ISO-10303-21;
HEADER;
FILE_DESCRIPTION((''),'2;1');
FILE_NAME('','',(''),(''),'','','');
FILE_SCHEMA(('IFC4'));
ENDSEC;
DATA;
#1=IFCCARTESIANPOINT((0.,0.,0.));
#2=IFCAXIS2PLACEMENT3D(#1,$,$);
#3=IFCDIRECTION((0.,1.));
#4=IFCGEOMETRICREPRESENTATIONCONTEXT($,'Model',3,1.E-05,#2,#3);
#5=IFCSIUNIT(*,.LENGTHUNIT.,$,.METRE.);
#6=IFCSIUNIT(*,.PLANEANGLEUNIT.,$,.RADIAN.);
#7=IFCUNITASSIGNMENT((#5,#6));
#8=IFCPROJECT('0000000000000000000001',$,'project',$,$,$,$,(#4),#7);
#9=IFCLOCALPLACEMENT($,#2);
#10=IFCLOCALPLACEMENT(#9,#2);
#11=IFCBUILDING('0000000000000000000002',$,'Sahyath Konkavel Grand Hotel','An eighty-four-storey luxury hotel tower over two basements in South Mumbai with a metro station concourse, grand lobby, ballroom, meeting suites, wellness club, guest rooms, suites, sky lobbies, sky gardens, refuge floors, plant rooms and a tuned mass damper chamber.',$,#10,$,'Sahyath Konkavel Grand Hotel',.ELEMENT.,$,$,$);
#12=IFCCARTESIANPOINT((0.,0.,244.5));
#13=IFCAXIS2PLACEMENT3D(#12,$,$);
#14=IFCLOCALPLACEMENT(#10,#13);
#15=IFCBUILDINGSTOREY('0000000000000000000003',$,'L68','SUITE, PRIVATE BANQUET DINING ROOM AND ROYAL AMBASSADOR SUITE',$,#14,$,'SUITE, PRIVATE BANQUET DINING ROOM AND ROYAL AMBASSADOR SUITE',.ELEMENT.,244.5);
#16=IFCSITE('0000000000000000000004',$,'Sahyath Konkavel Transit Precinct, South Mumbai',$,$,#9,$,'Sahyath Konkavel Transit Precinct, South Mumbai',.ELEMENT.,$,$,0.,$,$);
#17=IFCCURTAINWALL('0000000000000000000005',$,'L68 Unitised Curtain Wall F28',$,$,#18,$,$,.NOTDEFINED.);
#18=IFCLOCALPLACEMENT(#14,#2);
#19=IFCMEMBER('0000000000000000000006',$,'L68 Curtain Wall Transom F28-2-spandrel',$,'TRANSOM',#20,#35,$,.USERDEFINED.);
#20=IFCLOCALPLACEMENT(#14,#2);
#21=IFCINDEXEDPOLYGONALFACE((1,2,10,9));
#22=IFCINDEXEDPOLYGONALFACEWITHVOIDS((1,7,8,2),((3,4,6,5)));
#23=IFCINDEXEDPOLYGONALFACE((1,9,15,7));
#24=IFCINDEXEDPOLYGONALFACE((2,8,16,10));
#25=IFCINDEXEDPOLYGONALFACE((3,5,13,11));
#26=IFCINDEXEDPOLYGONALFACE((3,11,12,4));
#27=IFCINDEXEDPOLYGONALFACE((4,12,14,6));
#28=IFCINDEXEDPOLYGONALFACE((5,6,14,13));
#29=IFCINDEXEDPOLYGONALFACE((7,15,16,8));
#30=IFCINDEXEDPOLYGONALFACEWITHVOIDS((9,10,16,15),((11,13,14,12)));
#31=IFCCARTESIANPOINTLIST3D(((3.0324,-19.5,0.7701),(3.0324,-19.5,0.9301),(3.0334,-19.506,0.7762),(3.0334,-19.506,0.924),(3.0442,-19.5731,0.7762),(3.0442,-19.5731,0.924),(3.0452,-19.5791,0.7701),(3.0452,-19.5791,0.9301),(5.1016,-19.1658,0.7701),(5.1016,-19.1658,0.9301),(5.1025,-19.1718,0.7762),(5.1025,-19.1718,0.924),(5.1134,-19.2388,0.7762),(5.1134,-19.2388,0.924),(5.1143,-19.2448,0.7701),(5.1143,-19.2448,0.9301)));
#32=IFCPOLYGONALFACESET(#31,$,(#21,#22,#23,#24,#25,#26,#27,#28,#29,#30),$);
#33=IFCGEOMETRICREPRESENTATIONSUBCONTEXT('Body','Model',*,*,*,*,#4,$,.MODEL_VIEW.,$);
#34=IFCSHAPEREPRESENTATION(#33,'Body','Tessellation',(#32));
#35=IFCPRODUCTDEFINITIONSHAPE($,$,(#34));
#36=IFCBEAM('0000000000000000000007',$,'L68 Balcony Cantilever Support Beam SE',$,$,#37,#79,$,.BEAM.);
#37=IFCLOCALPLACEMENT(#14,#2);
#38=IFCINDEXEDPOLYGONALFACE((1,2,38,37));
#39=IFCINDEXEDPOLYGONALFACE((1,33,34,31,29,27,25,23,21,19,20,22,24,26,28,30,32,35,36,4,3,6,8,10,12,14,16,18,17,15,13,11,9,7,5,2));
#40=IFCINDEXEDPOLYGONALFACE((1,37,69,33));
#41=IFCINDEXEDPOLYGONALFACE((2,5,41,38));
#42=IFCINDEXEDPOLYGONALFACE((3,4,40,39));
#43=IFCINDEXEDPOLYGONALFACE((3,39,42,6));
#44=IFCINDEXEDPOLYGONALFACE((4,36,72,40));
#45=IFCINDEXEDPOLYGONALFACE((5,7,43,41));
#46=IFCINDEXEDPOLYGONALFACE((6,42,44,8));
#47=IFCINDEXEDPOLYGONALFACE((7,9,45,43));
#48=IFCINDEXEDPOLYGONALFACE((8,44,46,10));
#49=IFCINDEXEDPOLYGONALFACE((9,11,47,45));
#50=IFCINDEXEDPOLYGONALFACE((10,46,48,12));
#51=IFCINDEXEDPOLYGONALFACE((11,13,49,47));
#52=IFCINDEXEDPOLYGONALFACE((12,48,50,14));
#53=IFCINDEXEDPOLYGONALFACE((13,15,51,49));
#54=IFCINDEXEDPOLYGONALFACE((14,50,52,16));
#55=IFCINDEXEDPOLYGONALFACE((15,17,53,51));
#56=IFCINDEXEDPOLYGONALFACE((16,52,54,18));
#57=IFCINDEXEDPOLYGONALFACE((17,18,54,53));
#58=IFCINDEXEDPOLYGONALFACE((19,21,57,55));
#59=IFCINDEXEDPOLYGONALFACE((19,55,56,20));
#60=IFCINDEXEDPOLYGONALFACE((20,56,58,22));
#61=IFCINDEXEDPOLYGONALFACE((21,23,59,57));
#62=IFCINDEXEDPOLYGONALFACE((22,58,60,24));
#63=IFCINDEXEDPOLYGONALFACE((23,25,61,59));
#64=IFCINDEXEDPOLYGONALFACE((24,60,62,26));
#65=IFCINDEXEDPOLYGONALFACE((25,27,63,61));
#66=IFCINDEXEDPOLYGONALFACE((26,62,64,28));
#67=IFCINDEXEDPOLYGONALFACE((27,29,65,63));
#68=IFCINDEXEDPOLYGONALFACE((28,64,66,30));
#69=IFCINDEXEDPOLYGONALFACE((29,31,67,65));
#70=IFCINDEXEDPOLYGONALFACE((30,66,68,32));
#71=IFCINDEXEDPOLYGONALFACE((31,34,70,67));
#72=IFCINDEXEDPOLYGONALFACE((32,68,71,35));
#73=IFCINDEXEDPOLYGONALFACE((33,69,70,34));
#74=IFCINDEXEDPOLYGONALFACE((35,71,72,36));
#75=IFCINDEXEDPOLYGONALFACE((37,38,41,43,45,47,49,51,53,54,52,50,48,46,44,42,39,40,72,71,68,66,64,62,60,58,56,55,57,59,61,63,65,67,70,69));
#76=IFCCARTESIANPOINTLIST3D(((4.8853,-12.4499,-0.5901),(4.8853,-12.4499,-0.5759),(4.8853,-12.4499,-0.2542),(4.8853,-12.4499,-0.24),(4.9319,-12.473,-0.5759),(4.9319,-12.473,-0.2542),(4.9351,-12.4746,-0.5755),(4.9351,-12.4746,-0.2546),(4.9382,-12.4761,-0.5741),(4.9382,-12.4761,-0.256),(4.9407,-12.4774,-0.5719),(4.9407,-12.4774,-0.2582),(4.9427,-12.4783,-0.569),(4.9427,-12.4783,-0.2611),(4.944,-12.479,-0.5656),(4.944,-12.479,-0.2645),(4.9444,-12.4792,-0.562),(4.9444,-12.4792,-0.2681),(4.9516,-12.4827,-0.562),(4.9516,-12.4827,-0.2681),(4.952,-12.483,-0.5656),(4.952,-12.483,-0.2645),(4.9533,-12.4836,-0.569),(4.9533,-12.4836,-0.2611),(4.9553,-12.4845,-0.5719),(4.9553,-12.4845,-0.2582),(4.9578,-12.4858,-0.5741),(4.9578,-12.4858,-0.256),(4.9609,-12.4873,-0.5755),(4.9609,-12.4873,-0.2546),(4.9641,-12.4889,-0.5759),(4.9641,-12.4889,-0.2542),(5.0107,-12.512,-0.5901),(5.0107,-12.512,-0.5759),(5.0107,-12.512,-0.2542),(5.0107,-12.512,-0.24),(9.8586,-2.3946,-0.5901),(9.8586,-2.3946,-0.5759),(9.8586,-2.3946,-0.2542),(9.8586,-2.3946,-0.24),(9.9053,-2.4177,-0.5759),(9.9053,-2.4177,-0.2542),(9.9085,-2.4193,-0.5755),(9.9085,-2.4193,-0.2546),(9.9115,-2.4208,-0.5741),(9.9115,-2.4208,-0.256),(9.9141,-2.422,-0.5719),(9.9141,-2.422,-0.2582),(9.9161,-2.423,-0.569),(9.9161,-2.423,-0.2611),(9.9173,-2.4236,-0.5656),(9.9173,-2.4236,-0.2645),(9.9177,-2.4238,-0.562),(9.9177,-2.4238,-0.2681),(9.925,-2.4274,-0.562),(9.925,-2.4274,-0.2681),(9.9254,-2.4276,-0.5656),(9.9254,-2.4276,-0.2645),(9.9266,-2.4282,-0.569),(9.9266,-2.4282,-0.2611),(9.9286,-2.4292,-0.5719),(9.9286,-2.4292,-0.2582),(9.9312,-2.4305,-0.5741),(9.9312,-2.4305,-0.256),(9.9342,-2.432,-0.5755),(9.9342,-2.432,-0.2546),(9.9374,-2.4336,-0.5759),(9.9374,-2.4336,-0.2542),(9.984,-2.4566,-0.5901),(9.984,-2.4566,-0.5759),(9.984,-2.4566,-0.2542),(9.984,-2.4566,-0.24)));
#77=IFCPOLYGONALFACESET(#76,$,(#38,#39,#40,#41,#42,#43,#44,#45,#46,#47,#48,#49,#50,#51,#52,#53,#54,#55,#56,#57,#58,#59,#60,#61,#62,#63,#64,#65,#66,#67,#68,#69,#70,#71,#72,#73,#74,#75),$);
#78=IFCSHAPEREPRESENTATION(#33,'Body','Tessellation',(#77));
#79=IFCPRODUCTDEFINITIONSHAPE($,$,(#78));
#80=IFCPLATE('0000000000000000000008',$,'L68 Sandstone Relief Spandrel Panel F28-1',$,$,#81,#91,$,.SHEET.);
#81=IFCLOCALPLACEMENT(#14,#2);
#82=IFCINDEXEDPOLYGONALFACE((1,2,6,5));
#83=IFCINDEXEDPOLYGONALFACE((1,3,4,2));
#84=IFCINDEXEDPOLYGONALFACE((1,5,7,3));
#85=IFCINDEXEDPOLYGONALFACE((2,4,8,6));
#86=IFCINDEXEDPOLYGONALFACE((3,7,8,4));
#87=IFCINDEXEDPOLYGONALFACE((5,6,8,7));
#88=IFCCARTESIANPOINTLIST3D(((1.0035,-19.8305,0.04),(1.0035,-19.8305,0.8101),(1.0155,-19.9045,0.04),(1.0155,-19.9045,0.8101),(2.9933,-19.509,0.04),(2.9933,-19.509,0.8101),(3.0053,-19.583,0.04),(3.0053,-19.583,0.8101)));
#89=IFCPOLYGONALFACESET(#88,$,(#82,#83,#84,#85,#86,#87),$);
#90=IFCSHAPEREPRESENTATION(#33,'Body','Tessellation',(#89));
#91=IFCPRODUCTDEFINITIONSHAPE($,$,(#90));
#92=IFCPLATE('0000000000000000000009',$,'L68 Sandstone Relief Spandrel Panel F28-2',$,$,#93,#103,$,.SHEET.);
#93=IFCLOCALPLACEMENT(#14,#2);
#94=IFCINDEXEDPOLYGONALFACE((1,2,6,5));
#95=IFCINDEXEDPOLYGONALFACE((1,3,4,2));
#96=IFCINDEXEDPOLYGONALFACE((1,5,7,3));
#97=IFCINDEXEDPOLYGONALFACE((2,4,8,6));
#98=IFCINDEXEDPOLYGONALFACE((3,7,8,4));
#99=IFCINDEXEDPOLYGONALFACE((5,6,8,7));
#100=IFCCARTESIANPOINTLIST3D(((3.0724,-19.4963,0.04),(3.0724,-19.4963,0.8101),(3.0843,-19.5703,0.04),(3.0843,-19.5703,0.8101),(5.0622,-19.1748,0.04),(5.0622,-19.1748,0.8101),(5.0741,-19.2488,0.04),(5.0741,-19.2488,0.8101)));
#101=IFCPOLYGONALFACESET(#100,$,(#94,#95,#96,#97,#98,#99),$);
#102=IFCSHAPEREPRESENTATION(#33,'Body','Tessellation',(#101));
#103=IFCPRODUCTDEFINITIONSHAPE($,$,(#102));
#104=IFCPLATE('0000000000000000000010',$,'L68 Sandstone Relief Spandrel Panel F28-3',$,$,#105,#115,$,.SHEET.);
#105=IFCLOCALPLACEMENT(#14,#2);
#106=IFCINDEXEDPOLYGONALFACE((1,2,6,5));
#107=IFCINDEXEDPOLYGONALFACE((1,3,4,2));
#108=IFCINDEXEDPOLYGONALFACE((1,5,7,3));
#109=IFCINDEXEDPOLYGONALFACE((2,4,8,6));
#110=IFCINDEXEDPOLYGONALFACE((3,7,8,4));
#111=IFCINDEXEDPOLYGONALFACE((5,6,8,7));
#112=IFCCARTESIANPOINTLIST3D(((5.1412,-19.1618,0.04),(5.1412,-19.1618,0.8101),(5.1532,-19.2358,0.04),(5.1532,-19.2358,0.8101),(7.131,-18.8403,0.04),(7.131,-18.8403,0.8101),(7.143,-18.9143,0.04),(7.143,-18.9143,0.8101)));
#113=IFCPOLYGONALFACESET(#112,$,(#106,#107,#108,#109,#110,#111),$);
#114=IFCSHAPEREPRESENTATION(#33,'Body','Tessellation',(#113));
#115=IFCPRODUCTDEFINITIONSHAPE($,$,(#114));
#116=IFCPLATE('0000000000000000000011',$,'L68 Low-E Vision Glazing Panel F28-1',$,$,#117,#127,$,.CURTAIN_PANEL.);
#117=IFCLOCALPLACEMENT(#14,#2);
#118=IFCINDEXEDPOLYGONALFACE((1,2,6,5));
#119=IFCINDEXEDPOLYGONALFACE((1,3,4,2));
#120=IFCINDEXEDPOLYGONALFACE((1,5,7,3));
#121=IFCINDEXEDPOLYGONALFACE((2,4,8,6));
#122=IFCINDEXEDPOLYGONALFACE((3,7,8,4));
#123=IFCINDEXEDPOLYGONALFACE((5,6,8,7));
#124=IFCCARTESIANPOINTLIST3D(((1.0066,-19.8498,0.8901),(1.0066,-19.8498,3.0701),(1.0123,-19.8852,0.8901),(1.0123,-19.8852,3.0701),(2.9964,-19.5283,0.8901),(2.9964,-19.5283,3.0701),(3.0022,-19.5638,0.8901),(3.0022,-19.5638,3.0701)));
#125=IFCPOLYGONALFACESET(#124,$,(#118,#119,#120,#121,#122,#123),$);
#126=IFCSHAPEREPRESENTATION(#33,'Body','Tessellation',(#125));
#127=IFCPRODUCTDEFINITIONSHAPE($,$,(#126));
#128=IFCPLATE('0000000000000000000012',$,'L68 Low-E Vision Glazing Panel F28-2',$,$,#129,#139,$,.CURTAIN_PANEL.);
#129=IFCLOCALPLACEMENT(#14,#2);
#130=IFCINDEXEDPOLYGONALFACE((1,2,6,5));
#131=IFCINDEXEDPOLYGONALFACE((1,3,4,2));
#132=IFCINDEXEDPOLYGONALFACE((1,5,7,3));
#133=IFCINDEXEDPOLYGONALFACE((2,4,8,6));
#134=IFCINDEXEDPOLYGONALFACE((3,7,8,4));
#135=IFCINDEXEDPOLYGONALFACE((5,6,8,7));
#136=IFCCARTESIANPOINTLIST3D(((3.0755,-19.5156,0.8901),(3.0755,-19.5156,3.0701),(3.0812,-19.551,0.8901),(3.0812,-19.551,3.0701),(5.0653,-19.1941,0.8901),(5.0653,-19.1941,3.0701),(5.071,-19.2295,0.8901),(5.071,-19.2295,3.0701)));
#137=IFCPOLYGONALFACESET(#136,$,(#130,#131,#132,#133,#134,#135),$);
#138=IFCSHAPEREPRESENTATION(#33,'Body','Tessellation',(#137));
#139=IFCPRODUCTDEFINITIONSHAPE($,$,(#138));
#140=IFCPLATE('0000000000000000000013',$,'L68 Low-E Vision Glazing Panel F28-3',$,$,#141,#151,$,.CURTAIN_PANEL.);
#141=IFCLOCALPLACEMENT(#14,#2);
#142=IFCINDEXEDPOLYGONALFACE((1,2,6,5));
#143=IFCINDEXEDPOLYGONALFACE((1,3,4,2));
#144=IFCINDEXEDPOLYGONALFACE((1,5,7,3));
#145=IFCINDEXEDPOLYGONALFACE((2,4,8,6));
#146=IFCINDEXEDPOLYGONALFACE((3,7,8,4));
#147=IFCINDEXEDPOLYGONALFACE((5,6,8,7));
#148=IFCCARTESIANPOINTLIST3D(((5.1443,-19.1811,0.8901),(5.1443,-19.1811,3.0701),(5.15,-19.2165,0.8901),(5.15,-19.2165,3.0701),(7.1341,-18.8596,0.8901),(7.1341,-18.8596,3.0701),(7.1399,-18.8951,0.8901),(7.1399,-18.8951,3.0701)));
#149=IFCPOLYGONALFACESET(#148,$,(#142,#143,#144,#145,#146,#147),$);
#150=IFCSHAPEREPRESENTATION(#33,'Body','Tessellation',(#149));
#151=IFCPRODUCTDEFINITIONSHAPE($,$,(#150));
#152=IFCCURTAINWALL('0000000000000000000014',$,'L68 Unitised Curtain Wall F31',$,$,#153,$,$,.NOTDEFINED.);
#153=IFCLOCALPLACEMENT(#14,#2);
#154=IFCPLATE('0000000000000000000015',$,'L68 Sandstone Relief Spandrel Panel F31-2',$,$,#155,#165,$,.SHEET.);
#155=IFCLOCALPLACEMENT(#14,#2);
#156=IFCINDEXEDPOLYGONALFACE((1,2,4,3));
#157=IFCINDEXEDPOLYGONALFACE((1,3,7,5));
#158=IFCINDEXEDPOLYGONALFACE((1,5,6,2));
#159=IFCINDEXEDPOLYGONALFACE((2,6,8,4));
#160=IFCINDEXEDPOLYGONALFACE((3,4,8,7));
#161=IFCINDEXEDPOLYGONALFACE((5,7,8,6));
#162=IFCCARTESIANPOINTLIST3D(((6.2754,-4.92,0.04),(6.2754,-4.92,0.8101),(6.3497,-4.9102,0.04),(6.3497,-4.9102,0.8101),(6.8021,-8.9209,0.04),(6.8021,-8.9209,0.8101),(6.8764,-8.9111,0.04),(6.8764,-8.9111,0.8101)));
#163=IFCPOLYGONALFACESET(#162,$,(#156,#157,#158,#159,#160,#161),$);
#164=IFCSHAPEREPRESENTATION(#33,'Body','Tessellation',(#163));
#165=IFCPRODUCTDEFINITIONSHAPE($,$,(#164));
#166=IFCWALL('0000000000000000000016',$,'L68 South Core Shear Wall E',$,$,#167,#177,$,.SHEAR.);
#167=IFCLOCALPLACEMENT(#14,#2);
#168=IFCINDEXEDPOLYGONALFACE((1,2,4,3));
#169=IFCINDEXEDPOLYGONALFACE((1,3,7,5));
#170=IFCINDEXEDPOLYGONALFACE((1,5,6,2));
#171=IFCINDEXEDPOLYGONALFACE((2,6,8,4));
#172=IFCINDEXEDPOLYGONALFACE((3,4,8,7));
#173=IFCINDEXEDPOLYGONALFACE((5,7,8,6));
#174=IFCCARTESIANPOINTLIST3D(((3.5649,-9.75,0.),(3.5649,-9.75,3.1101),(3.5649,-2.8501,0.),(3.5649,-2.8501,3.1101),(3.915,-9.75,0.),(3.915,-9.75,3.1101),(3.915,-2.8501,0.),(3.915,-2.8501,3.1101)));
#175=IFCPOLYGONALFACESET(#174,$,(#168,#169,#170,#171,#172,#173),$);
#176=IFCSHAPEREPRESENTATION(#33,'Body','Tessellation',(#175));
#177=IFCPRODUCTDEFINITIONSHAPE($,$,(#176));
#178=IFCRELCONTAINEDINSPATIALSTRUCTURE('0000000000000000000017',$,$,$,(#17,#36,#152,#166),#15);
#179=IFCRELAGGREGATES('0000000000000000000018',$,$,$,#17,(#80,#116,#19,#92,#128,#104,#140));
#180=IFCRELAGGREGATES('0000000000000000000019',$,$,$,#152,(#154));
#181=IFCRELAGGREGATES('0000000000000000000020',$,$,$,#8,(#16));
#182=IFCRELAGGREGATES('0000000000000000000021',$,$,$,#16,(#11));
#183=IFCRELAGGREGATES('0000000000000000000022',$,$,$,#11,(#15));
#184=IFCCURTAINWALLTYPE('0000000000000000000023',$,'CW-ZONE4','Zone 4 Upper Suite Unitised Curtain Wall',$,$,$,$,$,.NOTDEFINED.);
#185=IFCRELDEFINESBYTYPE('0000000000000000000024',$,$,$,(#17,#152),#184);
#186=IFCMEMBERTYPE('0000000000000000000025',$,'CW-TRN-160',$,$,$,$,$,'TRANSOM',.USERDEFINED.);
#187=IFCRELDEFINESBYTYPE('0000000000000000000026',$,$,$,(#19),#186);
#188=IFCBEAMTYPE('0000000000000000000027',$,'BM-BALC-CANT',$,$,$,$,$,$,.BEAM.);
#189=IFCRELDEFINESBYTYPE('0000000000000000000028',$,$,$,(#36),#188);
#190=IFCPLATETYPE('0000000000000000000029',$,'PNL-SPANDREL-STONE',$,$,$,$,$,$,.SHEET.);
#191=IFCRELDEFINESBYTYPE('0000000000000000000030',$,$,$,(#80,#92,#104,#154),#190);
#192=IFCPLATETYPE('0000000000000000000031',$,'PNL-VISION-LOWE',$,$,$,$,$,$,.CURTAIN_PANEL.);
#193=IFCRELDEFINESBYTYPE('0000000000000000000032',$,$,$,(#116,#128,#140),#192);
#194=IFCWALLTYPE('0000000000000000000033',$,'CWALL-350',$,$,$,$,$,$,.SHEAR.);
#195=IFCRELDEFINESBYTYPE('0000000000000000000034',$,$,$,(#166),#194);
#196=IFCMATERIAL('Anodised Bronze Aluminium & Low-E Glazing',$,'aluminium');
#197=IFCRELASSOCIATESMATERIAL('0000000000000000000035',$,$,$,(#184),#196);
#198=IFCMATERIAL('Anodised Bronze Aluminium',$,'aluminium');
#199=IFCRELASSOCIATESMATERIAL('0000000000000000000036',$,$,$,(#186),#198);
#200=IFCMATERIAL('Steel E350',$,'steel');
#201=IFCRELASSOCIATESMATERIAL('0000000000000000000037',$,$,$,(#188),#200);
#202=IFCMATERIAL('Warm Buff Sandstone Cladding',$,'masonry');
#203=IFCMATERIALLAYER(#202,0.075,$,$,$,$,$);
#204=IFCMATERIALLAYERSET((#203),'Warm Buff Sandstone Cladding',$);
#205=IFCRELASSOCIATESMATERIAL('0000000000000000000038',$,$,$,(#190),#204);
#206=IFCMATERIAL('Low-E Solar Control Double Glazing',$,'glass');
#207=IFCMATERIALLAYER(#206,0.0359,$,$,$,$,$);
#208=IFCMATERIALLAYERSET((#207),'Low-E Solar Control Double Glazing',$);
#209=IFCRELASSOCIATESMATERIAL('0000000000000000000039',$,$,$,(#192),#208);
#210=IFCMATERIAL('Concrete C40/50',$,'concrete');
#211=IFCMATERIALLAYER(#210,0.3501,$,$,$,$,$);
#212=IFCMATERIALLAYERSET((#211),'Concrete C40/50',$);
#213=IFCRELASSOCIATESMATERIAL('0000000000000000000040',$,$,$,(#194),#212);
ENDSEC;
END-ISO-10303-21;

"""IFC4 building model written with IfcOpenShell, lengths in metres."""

from ifc_helpers import new_model, si_unit, direction, frame, frame_2d, origin, origin_2d, place, context, subcontext, project, spatial, rectangle, hollow_rectangle, i_section, extrude, source, transform, mapped, material, layer, layer_set, material_profile, profile_set, type_object, element, aggregate, save


model = new_model("IFC4")

# Units and contexts
model_context = context("Model", 3, precision=1e-05, world=origin(), true_north=direction((0.0, 1.0)))
body_context = subcontext(model_context, "Body", "Model", "MODEL_VIEW")
ifc_project = project(units=[si_unit("LENGTHUNIT", "METRE"), si_unit("PLANEANGLEUNIT", "RADIAN")], contexts=[model_context])

# Site, building, storey
site_placement = place(None, origin())
site = spatial("IfcSite", under=ifc_project, at=site_placement, Name="Sahyath Konkavel Transit Precinct, South Mumbai", LongName="Sahyath Konkavel Transit Precinct, South Mumbai", CompositionType="ELEMENT", RefElevation=0.0)
building_placement = place(site_placement, origin())
building = spatial("IfcBuilding", under=site, at=building_placement, Name="Sahyath Konkavel Grand Hotel", Description="An eighty-four-storey luxury hotel tower over two basements in South Mumbai with a metro station concourse, grand lobby, ballroom, meeting suites, wellness club, guest rooms, suites, sky lobbies, sky gardens, refuge floors, plant rooms and a tuned mass damper chamber.", LongName="Sahyath Konkavel Grand Hotel", CompositionType="ELEMENT")
storey_placement = place(building_placement, frame((0.0, 0.0, 244.5)))
storey = spatial("IfcBuildingStorey", under=building, at=storey_placement, Name="L68", Description="SUITE, PRIVATE BANQUET DINING ROOM AND ROYAL AMBASSADOR SUITE", LongName="SUITE, PRIVATE BANQUET DINING ROOM AND ROYAL AMBASSADOR SUITE", CompositionType="ELEMENT", Elevation=244.5)

# Shared definitions
ifc_material_1 = material(Name="Steel E350", Category="steel")

# Curtain wall, member
ifc_material_2 = material(Name="Anodised Bronze Aluminium & Low-E Glazing", Category="aluminium")
curtain_wall_type = type_object("IfcCurtainWallType", Name="CW-ZONE4", Description="Zone 4 Upper Suite Unitised Curtain Wall", PredefinedType="NOTDEFINED", material=ifc_material_2)
curtain_wall_1_placement = place(storey_placement, origin())
curtain_wall_1 = element("IfcCurtainWall", 1, at=curtain_wall_1_placement, inside=storey, type_object=curtain_wall_type, Name="L68 Unitised Curtain Wall F28", PredefinedType="NOTDEFINED")
ifc_material_3 = material(Name="Anodised Bronze Aluminium", Category="aluminium")
ifc_material_profile_1 = material_profile(ifc_material_3, hollow_rectangle(XDim=0.0801, YDim=0.1599, WallThickness=0.0061, at=origin_2d()), Name="RHS 160x80x6")
ifc_profile_set_1 = profile_set([ifc_material_profile_1], Name="Anodised Bronze Aluminium")
member_type_1 = type_object("IfcMemberType", Name="CW-TRN-160", ElementType="TRANSOM", PredefinedType="USERDEFINED", material=ifc_profile_set_1)
shared_shape_1 = source(origin(), body_context, "Body", "SweptSolid", [
    extrude(hollow_rectangle(XDim=0.0801, YDim=0.1599, WallThickness=0.0061, at=origin_2d()), origin(), (0.0, 0.0, 1.0), 2.0959),
])
member_1_placement = place(storey_placement, frame((3.0388, -19.5396, 0.8501), z_axis=(0.987203, 0.159467, 0.0), x_axis=(-0.159467, 0.987203, 0.0)))
member_1 = element("IfcMember", 2, at=member_1_placement, type_object=member_type_1, Name="L68 Curtain Wall Transom F28-2-spandrel", ObjectType="TRANSOM", PredefinedType="USERDEFINED", context=body_context, shape_type="MappedRepresentation", body=[
    mapped(shared_shape_1, transform((0.0, 0.0, 0.0), scale=1.0)),
])

# Beam
ifc_material_profile_2 = material_profile(ifc_material_1, i_section(OverallWidth=0.1399, OverallDepth=0.3501, WebThickness=0.0081, FlangeThickness=0.0142, FilletRadius=0.0139, at=origin_2d()), Name="ISMB 350")
ifc_profile_set_2 = profile_set([ifc_material_profile_2], Name="Steel E350")
beam_type_1 = type_object("IfcBeamType", Name="BM-BALC-CANT", PredefinedType="BEAM", material=ifc_profile_set_2)
shared_shape_2 = source(origin(), body_context, "Body", "SweptSolid", [
    extrude(i_section(OverallWidth=0.1399, OverallDepth=0.3501, WebThickness=0.0081, FlangeThickness=0.0142, FilletRadius=0.0139, at=origin_2d()), origin(), (0.0, 0.0, 1.0), 11.218),
])
beam_1_placement = place(storey_placement, frame((4.948, -12.481, -0.415), z_axis=(0.443336, 0.896356, 0.0), x_axis=(-0.896356, 0.443336, 0.0)))
element("IfcBeam", 3, at=beam_1_placement, inside=storey, type_object=beam_type_1, Name="L68 Balcony Cantilever Support Beam SE", PredefinedType="BEAM", context=body_context, shape_type="MappedRepresentation", body=[
    mapped(shared_shape_2, transform((0.0, 0.0, 0.0), scale=1.0)),
])

# Plates
ifc_material_4 = material(Name="Warm Buff Sandstone Cladding", Category="masonry")
ifc_layer_1 = layer(ifc_material_4, 0.075)
ifc_layer_set_1 = layer_set([ifc_layer_1], Name="Warm Buff Sandstone Cladding")
plate_type_1 = type_object("IfcPlateType", Name="PNL-SPANDREL-STONE", PredefinedType="SHEET", material=ifc_layer_set_1)
shared_shape_3 = source(origin(), body_context, "Body", "SweptSolid", [
    extrude(rectangle(XDim=2.0156, YDim=0.075, at=origin_2d()), origin(), (0.0, 0.0, 1.0), 0.77),
])
plate_1_placement = place(storey_placement, frame((2.0044, -19.7068, 0.04), z_axis=(0.0, 0.0, 1.0), x_axis=(0.987198, 0.159502, 0.0)))
plate_1 = element("IfcPlate", 4, at=plate_1_placement, type_object=plate_type_1, Name="L68 Sandstone Relief Spandrel Panel F28-1", PredefinedType="SHEET", context=body_context, shape_type="MappedRepresentation", body=[
    mapped(shared_shape_3, transform((0.0, 0.0, 0.0), scale=1.0)),
])
plate_2_placement = place(storey_placement, frame((4.0732, -19.3726, 0.04), z_axis=(0.0, 0.0, 1.0), x_axis=(0.987198, 0.159502, 0.0)))
plate_2 = element("IfcPlate", 5, at=plate_2_placement, type_object=plate_type_1, Name="L68 Sandstone Relief Spandrel Panel F28-2", PredefinedType="SHEET", context=body_context, shape_type="MappedRepresentation", body=[
    mapped(shared_shape_3, transform((0.0, 0.0, 0.0), scale=1.0)),
])
plate_3_placement = place(storey_placement, frame((6.1421, -19.0381, 0.04), z_axis=(0.0, 0.0, 1.0), x_axis=(0.987198, 0.159502, 0.0)))
plate_3 = element("IfcPlate", 6, at=plate_3_placement, type_object=plate_type_1, Name="L68 Sandstone Relief Spandrel Panel F28-3", PredefinedType="SHEET", context=body_context, shape_type="MappedRepresentation", body=[
    mapped(shared_shape_3, transform((0.0, 0.0, 0.0), scale=1.0)),
])
ifc_material_5 = material(Name="Low-E Solar Control Double Glazing", Category="glass")
ifc_layer_2 = layer(ifc_material_5, 0.0359)
ifc_layer_set_2 = layer_set([ifc_layer_2], Name="Low-E Solar Control Double Glazing")
plate_type_2 = type_object("IfcPlateType", Name="PNL-VISION-LOWE", PredefinedType="CURTAIN_PANEL", material=ifc_layer_set_2)
shared_shape_4 = source(origin(), body_context, "Body", "SweptSolid", [
    extrude(rectangle(XDim=2.0156, YDim=0.0359, at=origin_2d()), origin(), (0.0, 0.0, 1.0), 2.1799),
])
plate_4_placement = place(storey_placement, frame((2.0044, -19.7068, 0.8901), z_axis=(0.0, 0.0, 1.0), x_axis=(0.987198, 0.159502, 0.0)))
plate_4 = element("IfcPlate", 7, at=plate_4_placement, type_object=plate_type_2, Name="L68 Low-E Vision Glazing Panel F28-1", PredefinedType="CURTAIN_PANEL", context=body_context, shape_type="MappedRepresentation", body=[
    mapped(shared_shape_4, transform((0.0, 0.0, 0.0), scale=1.0)),
])
plate_5_placement = place(storey_placement, frame((4.0732, -19.3726, 0.8901), z_axis=(0.0, 0.0, 1.0), x_axis=(0.987198, 0.159502, 0.0)))
plate_5 = element("IfcPlate", 8, at=plate_5_placement, type_object=plate_type_2, Name="L68 Low-E Vision Glazing Panel F28-2", PredefinedType="CURTAIN_PANEL", context=body_context, shape_type="MappedRepresentation", body=[
    mapped(shared_shape_4, transform((0.0, 0.0, 0.0), scale=1.0)),
])
plate_6_placement = place(storey_placement, frame((6.1421, -19.0381, 0.8901), z_axis=(0.0, 0.0, 1.0), x_axis=(0.987198, 0.159502, 0.0)))
plate_6 = element("IfcPlate", 9, at=plate_6_placement, type_object=plate_type_2, Name="L68 Low-E Vision Glazing Panel F28-3", PredefinedType="CURTAIN_PANEL", context=body_context, shape_type="MappedRepresentation", body=[
    mapped(shared_shape_4, transform((0.0, 0.0, 0.0), scale=1.0)),
])
aggregate(curtain_wall_1, [plate_1, plate_4, member_1, plate_2, plate_5, plate_3, plate_6])

# Curtain wall, plate
curtain_wall_2_placement = place(storey_placement, origin())
curtain_wall_2 = element("IfcCurtainWall", 10, at=curtain_wall_2_placement, inside=storey, type_object=curtain_wall_type, Name="L68 Unitised Curtain Wall F31", PredefinedType="NOTDEFINED")
shared_shape_5 = source(origin(), body_context, "Body", "SweptSolid", [
    extrude(rectangle(XDim=4.0354, YDim=0.075, at=origin_2d()), origin(), (0.0, 0.0, 1.0), 0.77),
])
plate_7_placement = place(storey_placement, frame((6.5759, -6.9155, 0.04), z_axis=(0.0, 0.0, 1.0), x_axis=(-0.130526, 0.991445, 0.0)))
plate_7 = element("IfcPlate", 11, at=plate_7_placement, type_object=plate_type_1, Name="L68 Sandstone Relief Spandrel Panel F31-2", PredefinedType="SHEET", context=body_context, shape_type="MappedRepresentation", body=[
    mapped(shared_shape_5, transform((0.0, 0.0, 0.0), scale=1.0)),
])
aggregate(curtain_wall_2, [plate_7])

# Wall
ifc_material_6 = material(Name="Concrete C40/50", Category="concrete")
ifc_layer_3 = layer(ifc_material_6, 0.3501)
ifc_layer_set_3 = layer_set([ifc_layer_3], Name="Concrete C40/50")
wall_type_1 = type_object("IfcWallType", Name="CWALL-350", PredefinedType="SHEAR", material=ifc_layer_set_3)
wall_1_placement = place(storey_placement, frame((3.74, -9.75, 0.0), z_axis=(0.0, 0.0, 1.0), x_axis=(0.0, 1.0, 0.0)))
element("IfcWall", 12, at=wall_1_placement, inside=storey, type_object=wall_type_1, Name="L68 South Core Shear Wall E", PredefinedType="SHEAR", context=body_context, shape_type="SweptSolid", body=[
    extrude(rectangle(XDim=6.8999, YDim=0.3501, at=frame_2d((3.45, 0.0))), origin(), (0.0, 0.0, 1.0), 3.1101),
])

save(model, "model.ifc")
